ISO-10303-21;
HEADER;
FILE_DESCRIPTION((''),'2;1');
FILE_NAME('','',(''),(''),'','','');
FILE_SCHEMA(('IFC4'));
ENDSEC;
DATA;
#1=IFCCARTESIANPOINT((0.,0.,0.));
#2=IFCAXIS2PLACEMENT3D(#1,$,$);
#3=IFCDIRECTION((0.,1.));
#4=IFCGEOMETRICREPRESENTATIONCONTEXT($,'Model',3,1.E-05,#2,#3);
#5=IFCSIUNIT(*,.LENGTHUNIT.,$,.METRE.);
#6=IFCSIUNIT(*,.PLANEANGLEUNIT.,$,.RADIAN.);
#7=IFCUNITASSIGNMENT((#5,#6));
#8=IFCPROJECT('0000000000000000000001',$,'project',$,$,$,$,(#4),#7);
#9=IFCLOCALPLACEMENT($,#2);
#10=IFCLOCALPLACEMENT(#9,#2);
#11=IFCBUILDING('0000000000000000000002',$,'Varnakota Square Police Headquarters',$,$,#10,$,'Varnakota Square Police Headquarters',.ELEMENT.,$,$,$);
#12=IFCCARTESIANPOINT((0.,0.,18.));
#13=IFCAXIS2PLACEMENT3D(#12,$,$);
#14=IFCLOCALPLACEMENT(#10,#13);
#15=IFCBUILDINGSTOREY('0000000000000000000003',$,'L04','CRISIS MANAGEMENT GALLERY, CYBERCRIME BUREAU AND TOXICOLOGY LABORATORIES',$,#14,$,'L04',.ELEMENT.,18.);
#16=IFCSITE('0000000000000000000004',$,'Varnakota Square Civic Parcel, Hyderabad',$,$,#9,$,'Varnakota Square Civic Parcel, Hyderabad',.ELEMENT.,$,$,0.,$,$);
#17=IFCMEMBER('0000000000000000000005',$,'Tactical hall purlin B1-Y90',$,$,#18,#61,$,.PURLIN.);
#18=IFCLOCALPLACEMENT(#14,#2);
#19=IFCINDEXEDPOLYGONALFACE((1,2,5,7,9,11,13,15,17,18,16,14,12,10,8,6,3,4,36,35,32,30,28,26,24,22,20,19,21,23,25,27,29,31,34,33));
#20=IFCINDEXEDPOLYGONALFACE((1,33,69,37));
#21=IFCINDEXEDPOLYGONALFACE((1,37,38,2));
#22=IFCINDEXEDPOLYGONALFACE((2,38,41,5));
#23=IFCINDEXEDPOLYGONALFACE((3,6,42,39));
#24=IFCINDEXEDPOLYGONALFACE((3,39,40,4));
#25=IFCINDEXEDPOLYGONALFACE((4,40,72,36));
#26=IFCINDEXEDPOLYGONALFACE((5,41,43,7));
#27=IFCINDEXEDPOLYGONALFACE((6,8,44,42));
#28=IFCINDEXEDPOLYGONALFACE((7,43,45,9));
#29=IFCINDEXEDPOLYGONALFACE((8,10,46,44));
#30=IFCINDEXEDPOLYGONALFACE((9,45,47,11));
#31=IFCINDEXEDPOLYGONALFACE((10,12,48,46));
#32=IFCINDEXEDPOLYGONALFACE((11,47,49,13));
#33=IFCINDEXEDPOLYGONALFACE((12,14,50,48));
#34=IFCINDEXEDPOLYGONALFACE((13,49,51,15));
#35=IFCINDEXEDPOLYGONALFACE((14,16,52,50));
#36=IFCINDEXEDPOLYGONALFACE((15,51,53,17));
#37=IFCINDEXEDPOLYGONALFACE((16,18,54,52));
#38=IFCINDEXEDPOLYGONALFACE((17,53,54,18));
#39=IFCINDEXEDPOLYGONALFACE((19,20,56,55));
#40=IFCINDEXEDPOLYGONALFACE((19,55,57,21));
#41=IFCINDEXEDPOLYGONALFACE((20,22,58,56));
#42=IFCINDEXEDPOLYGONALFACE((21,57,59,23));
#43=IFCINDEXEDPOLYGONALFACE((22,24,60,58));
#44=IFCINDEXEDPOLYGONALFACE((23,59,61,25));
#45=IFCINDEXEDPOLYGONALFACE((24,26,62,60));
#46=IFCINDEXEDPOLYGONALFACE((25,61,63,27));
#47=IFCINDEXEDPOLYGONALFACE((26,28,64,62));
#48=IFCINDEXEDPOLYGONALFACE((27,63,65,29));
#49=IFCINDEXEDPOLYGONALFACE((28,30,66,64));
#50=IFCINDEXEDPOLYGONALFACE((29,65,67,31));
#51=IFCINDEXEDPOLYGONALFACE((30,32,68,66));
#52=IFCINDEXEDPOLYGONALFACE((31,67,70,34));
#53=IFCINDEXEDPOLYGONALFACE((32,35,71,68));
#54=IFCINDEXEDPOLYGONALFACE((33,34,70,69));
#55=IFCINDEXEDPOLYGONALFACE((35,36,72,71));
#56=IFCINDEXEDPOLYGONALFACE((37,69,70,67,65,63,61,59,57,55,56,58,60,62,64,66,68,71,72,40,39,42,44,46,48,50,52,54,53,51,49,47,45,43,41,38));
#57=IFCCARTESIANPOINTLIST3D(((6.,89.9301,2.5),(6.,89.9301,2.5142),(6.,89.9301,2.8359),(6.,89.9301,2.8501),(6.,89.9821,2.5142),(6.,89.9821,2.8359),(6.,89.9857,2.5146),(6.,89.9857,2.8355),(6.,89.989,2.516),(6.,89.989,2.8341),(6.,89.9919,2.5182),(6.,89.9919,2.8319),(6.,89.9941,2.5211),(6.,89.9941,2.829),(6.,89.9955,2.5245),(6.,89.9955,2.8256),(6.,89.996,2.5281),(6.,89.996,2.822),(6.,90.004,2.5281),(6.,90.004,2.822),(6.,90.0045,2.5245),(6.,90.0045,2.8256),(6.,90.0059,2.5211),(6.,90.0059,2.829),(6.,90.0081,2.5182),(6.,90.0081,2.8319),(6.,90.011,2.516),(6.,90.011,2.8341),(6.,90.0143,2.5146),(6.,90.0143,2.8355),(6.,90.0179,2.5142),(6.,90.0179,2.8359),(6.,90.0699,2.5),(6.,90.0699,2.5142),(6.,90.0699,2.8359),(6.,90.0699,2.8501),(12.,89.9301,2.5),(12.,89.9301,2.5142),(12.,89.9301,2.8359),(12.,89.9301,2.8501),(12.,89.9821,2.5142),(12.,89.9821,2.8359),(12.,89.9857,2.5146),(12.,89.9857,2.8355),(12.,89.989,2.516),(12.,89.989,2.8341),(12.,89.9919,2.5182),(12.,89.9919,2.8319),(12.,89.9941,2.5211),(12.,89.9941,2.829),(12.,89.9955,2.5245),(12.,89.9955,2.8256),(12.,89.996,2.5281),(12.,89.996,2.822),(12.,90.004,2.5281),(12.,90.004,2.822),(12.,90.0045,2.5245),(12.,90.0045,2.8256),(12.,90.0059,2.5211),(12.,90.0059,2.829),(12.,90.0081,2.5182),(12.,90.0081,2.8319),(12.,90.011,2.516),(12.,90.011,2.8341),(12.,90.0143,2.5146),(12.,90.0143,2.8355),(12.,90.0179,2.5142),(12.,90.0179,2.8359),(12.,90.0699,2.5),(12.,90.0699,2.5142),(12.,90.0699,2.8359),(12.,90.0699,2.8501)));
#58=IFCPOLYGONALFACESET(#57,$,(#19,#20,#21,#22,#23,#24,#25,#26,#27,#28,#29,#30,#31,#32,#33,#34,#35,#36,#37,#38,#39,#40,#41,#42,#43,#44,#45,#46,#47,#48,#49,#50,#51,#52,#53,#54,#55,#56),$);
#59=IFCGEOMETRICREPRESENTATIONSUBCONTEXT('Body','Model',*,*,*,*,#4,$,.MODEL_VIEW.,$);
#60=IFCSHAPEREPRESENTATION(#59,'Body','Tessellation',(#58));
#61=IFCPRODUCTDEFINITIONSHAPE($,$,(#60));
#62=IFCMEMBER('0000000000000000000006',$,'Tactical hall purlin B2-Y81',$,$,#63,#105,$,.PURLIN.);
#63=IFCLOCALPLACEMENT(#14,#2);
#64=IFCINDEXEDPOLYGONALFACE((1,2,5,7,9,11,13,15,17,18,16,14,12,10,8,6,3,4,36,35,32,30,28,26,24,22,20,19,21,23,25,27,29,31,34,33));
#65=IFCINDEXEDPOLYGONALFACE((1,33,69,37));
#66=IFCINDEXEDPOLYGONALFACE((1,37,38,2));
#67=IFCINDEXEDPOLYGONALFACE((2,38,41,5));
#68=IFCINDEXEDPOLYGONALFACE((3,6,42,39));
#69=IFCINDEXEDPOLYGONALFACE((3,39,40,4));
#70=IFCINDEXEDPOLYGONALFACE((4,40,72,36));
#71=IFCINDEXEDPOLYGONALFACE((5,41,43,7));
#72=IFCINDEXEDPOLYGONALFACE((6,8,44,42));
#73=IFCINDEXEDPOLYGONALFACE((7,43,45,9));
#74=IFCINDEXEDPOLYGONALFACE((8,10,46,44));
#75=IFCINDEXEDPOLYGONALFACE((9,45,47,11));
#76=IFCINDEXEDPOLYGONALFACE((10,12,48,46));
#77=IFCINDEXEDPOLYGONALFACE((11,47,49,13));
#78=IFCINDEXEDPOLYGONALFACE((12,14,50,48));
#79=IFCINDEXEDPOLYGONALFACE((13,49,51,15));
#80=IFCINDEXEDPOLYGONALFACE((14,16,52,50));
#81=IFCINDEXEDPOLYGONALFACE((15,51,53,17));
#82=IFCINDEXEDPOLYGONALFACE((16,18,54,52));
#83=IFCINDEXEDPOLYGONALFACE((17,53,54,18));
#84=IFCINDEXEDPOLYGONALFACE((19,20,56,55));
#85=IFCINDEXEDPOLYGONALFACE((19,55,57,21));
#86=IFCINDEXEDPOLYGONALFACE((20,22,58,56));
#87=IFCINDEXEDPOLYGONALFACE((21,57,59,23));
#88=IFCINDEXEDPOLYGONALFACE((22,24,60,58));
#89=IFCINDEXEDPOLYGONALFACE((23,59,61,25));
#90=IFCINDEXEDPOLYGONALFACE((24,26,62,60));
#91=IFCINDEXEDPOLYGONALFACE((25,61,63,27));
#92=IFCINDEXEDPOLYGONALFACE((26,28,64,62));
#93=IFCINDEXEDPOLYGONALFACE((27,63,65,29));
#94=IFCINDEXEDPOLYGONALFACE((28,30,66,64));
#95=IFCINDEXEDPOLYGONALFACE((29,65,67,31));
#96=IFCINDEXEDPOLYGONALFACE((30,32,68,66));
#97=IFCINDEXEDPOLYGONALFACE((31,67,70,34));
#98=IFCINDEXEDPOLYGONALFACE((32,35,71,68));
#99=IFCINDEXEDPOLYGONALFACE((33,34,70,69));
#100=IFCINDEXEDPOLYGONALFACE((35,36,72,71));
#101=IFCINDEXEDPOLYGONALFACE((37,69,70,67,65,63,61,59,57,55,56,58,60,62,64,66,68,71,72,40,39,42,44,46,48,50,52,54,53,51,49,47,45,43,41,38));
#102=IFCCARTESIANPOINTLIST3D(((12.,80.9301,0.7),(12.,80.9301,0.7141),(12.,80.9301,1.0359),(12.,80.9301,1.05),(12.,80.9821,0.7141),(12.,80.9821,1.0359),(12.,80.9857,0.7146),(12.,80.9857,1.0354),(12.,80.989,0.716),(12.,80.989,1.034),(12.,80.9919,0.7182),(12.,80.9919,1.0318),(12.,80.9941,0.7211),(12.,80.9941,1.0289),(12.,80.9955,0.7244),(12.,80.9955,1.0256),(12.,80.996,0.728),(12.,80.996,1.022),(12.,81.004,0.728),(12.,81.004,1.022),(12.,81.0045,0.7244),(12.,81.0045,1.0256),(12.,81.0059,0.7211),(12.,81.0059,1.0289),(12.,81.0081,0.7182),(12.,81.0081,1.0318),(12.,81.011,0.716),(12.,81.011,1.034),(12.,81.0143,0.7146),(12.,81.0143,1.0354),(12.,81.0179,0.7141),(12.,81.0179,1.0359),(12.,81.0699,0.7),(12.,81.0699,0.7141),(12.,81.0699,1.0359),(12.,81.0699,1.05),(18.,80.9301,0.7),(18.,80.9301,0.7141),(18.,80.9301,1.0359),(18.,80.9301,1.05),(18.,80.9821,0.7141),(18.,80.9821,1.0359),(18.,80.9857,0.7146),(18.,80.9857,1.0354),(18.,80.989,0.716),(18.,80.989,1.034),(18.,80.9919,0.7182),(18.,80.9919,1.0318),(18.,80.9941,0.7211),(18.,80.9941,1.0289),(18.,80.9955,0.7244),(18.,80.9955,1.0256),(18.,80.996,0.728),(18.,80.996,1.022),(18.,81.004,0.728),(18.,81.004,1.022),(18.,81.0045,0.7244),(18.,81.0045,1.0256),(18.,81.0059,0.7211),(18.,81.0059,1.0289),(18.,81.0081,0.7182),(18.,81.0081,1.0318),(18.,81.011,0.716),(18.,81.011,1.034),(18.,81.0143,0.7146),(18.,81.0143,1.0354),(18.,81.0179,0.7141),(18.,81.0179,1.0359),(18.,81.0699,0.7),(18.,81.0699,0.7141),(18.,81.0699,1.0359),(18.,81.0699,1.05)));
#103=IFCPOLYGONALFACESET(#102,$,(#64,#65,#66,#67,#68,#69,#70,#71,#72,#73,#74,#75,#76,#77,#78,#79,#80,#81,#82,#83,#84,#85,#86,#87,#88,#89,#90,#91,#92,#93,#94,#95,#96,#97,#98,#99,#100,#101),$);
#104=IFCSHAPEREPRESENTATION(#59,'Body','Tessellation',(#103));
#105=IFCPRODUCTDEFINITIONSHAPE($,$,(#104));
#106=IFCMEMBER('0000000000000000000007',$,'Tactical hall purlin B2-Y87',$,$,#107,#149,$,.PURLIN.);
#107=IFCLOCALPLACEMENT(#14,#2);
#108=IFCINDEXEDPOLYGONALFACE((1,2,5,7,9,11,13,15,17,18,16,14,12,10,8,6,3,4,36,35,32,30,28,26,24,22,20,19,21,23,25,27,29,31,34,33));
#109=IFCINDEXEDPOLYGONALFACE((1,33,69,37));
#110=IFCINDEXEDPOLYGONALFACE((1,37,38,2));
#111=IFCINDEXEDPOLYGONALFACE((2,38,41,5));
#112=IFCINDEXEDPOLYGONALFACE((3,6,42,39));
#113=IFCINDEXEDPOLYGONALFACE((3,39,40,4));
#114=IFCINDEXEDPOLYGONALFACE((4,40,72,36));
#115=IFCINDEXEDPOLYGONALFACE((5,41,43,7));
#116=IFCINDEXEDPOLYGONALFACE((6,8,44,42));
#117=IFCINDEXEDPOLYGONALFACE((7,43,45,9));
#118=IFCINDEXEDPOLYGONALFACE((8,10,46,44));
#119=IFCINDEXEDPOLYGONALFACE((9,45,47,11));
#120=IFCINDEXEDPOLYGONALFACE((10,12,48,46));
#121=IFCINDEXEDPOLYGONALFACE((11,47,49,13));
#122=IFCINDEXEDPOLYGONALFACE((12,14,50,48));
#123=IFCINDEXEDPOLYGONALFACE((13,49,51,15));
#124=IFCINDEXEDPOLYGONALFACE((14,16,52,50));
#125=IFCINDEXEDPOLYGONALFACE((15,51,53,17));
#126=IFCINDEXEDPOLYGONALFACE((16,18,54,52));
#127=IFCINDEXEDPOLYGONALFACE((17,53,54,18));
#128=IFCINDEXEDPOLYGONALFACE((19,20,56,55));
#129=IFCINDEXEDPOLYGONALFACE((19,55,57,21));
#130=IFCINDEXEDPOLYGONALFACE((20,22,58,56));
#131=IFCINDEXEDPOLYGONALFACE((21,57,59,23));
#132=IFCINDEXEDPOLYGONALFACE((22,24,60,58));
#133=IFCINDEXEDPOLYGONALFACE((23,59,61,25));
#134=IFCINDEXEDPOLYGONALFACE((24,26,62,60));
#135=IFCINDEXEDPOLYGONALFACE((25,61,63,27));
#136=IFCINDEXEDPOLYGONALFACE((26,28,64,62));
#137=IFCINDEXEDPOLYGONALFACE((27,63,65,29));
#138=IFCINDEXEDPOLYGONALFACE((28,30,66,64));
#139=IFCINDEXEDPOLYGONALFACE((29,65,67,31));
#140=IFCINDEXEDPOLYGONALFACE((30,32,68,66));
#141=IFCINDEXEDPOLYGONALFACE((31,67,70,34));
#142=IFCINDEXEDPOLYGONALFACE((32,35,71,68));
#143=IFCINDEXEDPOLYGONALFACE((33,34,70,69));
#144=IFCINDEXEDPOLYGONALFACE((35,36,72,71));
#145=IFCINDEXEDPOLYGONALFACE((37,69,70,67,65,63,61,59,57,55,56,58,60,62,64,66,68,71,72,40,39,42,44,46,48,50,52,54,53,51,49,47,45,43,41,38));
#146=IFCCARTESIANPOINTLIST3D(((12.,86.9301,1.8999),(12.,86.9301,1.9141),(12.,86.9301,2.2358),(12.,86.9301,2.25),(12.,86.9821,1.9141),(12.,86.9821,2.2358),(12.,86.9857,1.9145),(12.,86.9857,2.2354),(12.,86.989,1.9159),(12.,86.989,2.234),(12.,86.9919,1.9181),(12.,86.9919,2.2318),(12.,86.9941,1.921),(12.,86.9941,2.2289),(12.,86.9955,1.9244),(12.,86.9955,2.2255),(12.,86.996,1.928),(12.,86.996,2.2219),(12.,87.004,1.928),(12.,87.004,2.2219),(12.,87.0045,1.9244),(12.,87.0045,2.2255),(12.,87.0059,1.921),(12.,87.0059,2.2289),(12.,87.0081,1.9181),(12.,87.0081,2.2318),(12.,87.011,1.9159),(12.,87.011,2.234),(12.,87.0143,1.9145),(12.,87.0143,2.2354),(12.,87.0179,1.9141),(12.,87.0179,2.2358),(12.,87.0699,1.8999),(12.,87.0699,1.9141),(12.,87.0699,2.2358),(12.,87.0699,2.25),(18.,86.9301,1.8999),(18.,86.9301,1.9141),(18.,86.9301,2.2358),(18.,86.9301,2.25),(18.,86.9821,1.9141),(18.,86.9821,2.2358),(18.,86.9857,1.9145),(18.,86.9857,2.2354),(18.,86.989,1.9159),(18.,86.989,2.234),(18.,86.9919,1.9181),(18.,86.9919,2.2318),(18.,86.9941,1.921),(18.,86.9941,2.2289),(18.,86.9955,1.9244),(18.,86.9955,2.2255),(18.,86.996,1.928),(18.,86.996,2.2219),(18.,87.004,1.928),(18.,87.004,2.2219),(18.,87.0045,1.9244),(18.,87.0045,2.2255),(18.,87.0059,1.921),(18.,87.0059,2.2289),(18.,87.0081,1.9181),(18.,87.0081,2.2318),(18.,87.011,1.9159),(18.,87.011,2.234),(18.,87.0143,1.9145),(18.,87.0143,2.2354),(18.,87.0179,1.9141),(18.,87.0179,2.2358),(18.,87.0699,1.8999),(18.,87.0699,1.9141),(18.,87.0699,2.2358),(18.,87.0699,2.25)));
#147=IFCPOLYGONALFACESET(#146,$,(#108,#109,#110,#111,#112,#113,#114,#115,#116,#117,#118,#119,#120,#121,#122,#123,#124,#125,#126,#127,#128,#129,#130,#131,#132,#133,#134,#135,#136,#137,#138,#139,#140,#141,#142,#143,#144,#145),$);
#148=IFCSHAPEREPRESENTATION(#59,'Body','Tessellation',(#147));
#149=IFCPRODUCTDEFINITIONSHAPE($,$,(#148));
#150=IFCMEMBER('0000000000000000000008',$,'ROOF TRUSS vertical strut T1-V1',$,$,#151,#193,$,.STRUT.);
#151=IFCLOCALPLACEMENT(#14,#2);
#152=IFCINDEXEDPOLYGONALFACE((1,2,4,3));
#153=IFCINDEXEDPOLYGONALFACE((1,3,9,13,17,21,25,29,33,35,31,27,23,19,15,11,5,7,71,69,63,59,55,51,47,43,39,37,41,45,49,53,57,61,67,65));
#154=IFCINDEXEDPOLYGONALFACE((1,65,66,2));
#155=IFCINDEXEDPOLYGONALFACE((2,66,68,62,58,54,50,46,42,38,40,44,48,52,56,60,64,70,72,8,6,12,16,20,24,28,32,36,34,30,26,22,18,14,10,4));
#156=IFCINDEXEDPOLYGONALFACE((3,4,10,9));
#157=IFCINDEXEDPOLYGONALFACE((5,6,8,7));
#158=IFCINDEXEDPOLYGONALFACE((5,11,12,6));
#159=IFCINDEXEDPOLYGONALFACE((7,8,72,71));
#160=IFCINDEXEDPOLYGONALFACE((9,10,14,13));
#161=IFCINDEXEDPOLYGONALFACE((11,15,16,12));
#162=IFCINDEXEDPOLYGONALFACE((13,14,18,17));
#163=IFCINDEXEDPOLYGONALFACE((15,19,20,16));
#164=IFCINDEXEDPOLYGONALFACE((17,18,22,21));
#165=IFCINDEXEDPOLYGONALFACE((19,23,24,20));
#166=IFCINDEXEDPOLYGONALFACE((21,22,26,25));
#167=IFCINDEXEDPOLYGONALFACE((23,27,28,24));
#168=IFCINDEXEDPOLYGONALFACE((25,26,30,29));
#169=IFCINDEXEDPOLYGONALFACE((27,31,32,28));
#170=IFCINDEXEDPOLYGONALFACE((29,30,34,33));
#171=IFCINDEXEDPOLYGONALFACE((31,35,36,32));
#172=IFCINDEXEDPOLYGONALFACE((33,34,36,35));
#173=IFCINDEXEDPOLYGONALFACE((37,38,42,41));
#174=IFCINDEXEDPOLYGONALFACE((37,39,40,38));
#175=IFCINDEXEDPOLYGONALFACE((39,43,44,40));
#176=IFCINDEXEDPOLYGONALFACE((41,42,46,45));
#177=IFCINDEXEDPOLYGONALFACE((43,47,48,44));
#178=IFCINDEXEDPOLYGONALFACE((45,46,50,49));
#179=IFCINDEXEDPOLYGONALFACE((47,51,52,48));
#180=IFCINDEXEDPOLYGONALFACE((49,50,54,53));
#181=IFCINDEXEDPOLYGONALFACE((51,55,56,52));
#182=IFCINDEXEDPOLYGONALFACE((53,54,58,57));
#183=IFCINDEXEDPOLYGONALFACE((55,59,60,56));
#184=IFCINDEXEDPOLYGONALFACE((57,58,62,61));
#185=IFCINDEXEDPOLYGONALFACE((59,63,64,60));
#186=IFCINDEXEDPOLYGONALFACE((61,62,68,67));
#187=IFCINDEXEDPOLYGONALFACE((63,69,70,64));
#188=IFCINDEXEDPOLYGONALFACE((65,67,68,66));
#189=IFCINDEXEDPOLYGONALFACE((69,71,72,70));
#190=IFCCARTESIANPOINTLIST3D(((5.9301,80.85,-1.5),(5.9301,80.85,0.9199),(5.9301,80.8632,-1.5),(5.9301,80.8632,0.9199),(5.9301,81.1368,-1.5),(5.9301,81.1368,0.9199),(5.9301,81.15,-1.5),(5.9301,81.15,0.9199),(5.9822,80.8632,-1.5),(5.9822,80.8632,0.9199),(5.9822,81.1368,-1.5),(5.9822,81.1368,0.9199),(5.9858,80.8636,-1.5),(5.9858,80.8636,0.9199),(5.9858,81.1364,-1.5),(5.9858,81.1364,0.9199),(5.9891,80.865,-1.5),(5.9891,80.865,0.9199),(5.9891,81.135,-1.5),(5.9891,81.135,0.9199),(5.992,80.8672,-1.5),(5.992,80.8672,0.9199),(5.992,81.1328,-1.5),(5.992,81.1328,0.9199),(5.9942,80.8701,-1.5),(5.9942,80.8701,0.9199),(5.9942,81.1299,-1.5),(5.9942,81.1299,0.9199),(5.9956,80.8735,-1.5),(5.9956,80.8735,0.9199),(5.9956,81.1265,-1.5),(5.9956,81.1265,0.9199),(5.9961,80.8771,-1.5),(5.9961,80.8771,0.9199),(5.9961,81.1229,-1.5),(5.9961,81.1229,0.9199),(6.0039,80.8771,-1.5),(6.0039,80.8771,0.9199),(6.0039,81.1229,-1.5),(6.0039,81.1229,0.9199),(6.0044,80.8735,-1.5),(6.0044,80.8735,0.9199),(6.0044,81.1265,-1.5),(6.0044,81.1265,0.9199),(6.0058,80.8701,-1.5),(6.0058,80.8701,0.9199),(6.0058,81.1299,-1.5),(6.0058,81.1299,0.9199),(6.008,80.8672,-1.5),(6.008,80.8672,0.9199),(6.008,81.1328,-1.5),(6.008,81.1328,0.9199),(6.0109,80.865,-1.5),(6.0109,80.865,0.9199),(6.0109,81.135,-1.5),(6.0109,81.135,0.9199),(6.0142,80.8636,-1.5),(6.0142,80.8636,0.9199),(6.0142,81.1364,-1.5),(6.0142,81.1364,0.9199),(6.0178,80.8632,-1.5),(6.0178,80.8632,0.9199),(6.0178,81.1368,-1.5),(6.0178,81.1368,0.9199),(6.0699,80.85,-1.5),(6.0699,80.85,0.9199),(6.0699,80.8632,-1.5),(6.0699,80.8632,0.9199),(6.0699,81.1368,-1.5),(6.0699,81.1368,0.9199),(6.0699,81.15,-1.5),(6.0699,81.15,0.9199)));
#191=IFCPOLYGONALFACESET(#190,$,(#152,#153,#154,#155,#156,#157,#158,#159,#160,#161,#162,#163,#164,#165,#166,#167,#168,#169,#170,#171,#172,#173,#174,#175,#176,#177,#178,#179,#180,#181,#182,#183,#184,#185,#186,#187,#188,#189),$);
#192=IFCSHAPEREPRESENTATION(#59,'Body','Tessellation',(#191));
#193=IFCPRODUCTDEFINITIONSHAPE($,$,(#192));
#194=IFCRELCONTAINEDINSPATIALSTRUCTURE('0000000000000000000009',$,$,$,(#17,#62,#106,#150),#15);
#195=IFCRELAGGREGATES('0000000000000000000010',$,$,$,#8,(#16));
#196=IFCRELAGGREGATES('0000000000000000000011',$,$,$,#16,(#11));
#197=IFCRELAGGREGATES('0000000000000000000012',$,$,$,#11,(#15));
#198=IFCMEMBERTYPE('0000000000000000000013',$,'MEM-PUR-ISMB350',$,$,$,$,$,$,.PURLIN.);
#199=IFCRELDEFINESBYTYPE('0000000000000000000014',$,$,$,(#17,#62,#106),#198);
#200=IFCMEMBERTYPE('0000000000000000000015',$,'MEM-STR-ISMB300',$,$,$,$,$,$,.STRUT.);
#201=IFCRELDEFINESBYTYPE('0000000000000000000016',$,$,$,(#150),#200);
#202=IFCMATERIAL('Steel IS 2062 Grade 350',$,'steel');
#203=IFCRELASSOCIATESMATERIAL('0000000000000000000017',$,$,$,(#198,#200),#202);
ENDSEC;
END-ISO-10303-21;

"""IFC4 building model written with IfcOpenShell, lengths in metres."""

from ifc_helpers import new_model, si_unit, direction, frame, origin, origin_2d, place, context, subcontext, project, spatial, i_section, extrude, material, material_profile, profile_set, type_object, element, save


model = new_model("IFC4")

# Units and contexts
model_context = context("Model", 3, precision=1e-05, world=origin(), true_north=direction((0.0, 1.0)))
body_context = subcontext(model_context, "Body", "Model", "MODEL_VIEW")
ifc_project = project(units=[si_unit("LENGTHUNIT", "METRE"), si_unit("PLANEANGLEUNIT", "RADIAN")], contexts=[model_context])

# Site, building, storey
site_placement = place(None, origin())
site = spatial("IfcSite", under=ifc_project, at=site_placement, Name="Varnakota Square Civic Parcel, Hyderabad", LongName="Varnakota Square Civic Parcel, Hyderabad", CompositionType="ELEMENT", RefElevation=0.0)
building_placement = place(site_placement, origin())
building = spatial("IfcBuilding", under=site, at=building_placement, Name="Varnakota Square Police Headquarters", LongName="Varnakota Square Police Headquarters", CompositionType="ELEMENT")
storey_placement = place(building_placement, frame((0.0, 0.0, 18.0)))
storey = spatial("IfcBuildingStorey", under=building, at=storey_placement, Name="L04", Description="CRISIS MANAGEMENT GALLERY, CYBERCRIME BUREAU AND TOXICOLOGY LABORATORIES", LongName="L04", CompositionType="ELEMENT", Elevation=18.0)

# Shared definitions
ifc_material_1 = material(Name="Steel IS 2062 Grade 350", Category="steel")

# Members
ifc_material_profile_1 = material_profile(ifc_material_1, i_section(OverallWidth=0.1399, OverallDepth=0.3501, WebThickness=0.0081, FlangeThickness=0.0142, FilletRadius=0.0139, at=origin_2d()), Name="ISMB 350")
ifc_profile_set_1 = profile_set([ifc_material_profile_1], Name="Steel IS 2062 Grade 350")
member_type_1 = type_object("IfcMemberType", Name="MEM-PUR-ISMB350", PredefinedType="PURLIN", material=ifc_profile_set_1)
for number, where, z_axis, x_axis, name in (
    (1, (6.0, 90.0, 2.675), (1.0, 0.0, 0.0), (0.0, 1.0, 0.0), "Tactical hall purlin B1-Y90"),
    (2, (12.0, 81.0, 0.875), (1.0, 0.0, 0.0), (0.0, 1.0, 0.0), "Tactical hall purlin B2-Y81"),
    (3, (12.0, 87.0, 2.075), (1.0, 0.0, 0.0), (0.0, 1.0, 0.0), "Tactical hall purlin B2-Y87"),
):
    element("IfcMember", number, at=place(storey_placement, frame(where, z_axis=z_axis, x_axis=x_axis)), inside=storey, type_object=member_type_1, Name=name, PredefinedType="PURLIN", context=body_context, shape_type="SweptSolid", body=[
        extrude(i_section(OverallWidth=0.1399, OverallDepth=0.3501, WebThickness=0.0081, FlangeThickness=0.0142, FilletRadius=0.0139, at=origin_2d()), origin(), (0.0, 0.0, 1.0), 6.0),
    ])
ifc_material_profile_2 = material_profile(ifc_material_1, i_section(OverallWidth=0.1399, OverallDepth=0.3, WebThickness=0.0078, FlangeThickness=0.0132, FilletRadius=0.0139, at=origin_2d()), Name="ISMB 300")
ifc_profile_set_2 = profile_set([ifc_material_profile_2], Name="Steel IS 2062 Grade 350")
member_type_2 = type_object("IfcMemberType", Name="MEM-STR-ISMB300", PredefinedType="STRUT", material=ifc_profile_set_2)
member_1_placement = place(storey_placement, frame((6.0, 81.0, -1.5), z_axis=(0.0, 0.0, 1.0), x_axis=(1.0, 0.0, 0.0)))
element("IfcMember", 4, at=member_1_placement, inside=storey, type_object=member_type_2, Name="ROOF TRUSS vertical strut T1-V1", PredefinedType="STRUT", context=body_context, shape_type="SweptSolid", body=[
    extrude(i_section(OverallWidth=0.1399, OverallDepth=0.3, WebThickness=0.0078, FlangeThickness=0.0132, FilletRadius=0.0139, at=origin_2d()), origin(), (0.0, 0.0, 1.0), 2.4199),
])

save(model, "model.ifc")
